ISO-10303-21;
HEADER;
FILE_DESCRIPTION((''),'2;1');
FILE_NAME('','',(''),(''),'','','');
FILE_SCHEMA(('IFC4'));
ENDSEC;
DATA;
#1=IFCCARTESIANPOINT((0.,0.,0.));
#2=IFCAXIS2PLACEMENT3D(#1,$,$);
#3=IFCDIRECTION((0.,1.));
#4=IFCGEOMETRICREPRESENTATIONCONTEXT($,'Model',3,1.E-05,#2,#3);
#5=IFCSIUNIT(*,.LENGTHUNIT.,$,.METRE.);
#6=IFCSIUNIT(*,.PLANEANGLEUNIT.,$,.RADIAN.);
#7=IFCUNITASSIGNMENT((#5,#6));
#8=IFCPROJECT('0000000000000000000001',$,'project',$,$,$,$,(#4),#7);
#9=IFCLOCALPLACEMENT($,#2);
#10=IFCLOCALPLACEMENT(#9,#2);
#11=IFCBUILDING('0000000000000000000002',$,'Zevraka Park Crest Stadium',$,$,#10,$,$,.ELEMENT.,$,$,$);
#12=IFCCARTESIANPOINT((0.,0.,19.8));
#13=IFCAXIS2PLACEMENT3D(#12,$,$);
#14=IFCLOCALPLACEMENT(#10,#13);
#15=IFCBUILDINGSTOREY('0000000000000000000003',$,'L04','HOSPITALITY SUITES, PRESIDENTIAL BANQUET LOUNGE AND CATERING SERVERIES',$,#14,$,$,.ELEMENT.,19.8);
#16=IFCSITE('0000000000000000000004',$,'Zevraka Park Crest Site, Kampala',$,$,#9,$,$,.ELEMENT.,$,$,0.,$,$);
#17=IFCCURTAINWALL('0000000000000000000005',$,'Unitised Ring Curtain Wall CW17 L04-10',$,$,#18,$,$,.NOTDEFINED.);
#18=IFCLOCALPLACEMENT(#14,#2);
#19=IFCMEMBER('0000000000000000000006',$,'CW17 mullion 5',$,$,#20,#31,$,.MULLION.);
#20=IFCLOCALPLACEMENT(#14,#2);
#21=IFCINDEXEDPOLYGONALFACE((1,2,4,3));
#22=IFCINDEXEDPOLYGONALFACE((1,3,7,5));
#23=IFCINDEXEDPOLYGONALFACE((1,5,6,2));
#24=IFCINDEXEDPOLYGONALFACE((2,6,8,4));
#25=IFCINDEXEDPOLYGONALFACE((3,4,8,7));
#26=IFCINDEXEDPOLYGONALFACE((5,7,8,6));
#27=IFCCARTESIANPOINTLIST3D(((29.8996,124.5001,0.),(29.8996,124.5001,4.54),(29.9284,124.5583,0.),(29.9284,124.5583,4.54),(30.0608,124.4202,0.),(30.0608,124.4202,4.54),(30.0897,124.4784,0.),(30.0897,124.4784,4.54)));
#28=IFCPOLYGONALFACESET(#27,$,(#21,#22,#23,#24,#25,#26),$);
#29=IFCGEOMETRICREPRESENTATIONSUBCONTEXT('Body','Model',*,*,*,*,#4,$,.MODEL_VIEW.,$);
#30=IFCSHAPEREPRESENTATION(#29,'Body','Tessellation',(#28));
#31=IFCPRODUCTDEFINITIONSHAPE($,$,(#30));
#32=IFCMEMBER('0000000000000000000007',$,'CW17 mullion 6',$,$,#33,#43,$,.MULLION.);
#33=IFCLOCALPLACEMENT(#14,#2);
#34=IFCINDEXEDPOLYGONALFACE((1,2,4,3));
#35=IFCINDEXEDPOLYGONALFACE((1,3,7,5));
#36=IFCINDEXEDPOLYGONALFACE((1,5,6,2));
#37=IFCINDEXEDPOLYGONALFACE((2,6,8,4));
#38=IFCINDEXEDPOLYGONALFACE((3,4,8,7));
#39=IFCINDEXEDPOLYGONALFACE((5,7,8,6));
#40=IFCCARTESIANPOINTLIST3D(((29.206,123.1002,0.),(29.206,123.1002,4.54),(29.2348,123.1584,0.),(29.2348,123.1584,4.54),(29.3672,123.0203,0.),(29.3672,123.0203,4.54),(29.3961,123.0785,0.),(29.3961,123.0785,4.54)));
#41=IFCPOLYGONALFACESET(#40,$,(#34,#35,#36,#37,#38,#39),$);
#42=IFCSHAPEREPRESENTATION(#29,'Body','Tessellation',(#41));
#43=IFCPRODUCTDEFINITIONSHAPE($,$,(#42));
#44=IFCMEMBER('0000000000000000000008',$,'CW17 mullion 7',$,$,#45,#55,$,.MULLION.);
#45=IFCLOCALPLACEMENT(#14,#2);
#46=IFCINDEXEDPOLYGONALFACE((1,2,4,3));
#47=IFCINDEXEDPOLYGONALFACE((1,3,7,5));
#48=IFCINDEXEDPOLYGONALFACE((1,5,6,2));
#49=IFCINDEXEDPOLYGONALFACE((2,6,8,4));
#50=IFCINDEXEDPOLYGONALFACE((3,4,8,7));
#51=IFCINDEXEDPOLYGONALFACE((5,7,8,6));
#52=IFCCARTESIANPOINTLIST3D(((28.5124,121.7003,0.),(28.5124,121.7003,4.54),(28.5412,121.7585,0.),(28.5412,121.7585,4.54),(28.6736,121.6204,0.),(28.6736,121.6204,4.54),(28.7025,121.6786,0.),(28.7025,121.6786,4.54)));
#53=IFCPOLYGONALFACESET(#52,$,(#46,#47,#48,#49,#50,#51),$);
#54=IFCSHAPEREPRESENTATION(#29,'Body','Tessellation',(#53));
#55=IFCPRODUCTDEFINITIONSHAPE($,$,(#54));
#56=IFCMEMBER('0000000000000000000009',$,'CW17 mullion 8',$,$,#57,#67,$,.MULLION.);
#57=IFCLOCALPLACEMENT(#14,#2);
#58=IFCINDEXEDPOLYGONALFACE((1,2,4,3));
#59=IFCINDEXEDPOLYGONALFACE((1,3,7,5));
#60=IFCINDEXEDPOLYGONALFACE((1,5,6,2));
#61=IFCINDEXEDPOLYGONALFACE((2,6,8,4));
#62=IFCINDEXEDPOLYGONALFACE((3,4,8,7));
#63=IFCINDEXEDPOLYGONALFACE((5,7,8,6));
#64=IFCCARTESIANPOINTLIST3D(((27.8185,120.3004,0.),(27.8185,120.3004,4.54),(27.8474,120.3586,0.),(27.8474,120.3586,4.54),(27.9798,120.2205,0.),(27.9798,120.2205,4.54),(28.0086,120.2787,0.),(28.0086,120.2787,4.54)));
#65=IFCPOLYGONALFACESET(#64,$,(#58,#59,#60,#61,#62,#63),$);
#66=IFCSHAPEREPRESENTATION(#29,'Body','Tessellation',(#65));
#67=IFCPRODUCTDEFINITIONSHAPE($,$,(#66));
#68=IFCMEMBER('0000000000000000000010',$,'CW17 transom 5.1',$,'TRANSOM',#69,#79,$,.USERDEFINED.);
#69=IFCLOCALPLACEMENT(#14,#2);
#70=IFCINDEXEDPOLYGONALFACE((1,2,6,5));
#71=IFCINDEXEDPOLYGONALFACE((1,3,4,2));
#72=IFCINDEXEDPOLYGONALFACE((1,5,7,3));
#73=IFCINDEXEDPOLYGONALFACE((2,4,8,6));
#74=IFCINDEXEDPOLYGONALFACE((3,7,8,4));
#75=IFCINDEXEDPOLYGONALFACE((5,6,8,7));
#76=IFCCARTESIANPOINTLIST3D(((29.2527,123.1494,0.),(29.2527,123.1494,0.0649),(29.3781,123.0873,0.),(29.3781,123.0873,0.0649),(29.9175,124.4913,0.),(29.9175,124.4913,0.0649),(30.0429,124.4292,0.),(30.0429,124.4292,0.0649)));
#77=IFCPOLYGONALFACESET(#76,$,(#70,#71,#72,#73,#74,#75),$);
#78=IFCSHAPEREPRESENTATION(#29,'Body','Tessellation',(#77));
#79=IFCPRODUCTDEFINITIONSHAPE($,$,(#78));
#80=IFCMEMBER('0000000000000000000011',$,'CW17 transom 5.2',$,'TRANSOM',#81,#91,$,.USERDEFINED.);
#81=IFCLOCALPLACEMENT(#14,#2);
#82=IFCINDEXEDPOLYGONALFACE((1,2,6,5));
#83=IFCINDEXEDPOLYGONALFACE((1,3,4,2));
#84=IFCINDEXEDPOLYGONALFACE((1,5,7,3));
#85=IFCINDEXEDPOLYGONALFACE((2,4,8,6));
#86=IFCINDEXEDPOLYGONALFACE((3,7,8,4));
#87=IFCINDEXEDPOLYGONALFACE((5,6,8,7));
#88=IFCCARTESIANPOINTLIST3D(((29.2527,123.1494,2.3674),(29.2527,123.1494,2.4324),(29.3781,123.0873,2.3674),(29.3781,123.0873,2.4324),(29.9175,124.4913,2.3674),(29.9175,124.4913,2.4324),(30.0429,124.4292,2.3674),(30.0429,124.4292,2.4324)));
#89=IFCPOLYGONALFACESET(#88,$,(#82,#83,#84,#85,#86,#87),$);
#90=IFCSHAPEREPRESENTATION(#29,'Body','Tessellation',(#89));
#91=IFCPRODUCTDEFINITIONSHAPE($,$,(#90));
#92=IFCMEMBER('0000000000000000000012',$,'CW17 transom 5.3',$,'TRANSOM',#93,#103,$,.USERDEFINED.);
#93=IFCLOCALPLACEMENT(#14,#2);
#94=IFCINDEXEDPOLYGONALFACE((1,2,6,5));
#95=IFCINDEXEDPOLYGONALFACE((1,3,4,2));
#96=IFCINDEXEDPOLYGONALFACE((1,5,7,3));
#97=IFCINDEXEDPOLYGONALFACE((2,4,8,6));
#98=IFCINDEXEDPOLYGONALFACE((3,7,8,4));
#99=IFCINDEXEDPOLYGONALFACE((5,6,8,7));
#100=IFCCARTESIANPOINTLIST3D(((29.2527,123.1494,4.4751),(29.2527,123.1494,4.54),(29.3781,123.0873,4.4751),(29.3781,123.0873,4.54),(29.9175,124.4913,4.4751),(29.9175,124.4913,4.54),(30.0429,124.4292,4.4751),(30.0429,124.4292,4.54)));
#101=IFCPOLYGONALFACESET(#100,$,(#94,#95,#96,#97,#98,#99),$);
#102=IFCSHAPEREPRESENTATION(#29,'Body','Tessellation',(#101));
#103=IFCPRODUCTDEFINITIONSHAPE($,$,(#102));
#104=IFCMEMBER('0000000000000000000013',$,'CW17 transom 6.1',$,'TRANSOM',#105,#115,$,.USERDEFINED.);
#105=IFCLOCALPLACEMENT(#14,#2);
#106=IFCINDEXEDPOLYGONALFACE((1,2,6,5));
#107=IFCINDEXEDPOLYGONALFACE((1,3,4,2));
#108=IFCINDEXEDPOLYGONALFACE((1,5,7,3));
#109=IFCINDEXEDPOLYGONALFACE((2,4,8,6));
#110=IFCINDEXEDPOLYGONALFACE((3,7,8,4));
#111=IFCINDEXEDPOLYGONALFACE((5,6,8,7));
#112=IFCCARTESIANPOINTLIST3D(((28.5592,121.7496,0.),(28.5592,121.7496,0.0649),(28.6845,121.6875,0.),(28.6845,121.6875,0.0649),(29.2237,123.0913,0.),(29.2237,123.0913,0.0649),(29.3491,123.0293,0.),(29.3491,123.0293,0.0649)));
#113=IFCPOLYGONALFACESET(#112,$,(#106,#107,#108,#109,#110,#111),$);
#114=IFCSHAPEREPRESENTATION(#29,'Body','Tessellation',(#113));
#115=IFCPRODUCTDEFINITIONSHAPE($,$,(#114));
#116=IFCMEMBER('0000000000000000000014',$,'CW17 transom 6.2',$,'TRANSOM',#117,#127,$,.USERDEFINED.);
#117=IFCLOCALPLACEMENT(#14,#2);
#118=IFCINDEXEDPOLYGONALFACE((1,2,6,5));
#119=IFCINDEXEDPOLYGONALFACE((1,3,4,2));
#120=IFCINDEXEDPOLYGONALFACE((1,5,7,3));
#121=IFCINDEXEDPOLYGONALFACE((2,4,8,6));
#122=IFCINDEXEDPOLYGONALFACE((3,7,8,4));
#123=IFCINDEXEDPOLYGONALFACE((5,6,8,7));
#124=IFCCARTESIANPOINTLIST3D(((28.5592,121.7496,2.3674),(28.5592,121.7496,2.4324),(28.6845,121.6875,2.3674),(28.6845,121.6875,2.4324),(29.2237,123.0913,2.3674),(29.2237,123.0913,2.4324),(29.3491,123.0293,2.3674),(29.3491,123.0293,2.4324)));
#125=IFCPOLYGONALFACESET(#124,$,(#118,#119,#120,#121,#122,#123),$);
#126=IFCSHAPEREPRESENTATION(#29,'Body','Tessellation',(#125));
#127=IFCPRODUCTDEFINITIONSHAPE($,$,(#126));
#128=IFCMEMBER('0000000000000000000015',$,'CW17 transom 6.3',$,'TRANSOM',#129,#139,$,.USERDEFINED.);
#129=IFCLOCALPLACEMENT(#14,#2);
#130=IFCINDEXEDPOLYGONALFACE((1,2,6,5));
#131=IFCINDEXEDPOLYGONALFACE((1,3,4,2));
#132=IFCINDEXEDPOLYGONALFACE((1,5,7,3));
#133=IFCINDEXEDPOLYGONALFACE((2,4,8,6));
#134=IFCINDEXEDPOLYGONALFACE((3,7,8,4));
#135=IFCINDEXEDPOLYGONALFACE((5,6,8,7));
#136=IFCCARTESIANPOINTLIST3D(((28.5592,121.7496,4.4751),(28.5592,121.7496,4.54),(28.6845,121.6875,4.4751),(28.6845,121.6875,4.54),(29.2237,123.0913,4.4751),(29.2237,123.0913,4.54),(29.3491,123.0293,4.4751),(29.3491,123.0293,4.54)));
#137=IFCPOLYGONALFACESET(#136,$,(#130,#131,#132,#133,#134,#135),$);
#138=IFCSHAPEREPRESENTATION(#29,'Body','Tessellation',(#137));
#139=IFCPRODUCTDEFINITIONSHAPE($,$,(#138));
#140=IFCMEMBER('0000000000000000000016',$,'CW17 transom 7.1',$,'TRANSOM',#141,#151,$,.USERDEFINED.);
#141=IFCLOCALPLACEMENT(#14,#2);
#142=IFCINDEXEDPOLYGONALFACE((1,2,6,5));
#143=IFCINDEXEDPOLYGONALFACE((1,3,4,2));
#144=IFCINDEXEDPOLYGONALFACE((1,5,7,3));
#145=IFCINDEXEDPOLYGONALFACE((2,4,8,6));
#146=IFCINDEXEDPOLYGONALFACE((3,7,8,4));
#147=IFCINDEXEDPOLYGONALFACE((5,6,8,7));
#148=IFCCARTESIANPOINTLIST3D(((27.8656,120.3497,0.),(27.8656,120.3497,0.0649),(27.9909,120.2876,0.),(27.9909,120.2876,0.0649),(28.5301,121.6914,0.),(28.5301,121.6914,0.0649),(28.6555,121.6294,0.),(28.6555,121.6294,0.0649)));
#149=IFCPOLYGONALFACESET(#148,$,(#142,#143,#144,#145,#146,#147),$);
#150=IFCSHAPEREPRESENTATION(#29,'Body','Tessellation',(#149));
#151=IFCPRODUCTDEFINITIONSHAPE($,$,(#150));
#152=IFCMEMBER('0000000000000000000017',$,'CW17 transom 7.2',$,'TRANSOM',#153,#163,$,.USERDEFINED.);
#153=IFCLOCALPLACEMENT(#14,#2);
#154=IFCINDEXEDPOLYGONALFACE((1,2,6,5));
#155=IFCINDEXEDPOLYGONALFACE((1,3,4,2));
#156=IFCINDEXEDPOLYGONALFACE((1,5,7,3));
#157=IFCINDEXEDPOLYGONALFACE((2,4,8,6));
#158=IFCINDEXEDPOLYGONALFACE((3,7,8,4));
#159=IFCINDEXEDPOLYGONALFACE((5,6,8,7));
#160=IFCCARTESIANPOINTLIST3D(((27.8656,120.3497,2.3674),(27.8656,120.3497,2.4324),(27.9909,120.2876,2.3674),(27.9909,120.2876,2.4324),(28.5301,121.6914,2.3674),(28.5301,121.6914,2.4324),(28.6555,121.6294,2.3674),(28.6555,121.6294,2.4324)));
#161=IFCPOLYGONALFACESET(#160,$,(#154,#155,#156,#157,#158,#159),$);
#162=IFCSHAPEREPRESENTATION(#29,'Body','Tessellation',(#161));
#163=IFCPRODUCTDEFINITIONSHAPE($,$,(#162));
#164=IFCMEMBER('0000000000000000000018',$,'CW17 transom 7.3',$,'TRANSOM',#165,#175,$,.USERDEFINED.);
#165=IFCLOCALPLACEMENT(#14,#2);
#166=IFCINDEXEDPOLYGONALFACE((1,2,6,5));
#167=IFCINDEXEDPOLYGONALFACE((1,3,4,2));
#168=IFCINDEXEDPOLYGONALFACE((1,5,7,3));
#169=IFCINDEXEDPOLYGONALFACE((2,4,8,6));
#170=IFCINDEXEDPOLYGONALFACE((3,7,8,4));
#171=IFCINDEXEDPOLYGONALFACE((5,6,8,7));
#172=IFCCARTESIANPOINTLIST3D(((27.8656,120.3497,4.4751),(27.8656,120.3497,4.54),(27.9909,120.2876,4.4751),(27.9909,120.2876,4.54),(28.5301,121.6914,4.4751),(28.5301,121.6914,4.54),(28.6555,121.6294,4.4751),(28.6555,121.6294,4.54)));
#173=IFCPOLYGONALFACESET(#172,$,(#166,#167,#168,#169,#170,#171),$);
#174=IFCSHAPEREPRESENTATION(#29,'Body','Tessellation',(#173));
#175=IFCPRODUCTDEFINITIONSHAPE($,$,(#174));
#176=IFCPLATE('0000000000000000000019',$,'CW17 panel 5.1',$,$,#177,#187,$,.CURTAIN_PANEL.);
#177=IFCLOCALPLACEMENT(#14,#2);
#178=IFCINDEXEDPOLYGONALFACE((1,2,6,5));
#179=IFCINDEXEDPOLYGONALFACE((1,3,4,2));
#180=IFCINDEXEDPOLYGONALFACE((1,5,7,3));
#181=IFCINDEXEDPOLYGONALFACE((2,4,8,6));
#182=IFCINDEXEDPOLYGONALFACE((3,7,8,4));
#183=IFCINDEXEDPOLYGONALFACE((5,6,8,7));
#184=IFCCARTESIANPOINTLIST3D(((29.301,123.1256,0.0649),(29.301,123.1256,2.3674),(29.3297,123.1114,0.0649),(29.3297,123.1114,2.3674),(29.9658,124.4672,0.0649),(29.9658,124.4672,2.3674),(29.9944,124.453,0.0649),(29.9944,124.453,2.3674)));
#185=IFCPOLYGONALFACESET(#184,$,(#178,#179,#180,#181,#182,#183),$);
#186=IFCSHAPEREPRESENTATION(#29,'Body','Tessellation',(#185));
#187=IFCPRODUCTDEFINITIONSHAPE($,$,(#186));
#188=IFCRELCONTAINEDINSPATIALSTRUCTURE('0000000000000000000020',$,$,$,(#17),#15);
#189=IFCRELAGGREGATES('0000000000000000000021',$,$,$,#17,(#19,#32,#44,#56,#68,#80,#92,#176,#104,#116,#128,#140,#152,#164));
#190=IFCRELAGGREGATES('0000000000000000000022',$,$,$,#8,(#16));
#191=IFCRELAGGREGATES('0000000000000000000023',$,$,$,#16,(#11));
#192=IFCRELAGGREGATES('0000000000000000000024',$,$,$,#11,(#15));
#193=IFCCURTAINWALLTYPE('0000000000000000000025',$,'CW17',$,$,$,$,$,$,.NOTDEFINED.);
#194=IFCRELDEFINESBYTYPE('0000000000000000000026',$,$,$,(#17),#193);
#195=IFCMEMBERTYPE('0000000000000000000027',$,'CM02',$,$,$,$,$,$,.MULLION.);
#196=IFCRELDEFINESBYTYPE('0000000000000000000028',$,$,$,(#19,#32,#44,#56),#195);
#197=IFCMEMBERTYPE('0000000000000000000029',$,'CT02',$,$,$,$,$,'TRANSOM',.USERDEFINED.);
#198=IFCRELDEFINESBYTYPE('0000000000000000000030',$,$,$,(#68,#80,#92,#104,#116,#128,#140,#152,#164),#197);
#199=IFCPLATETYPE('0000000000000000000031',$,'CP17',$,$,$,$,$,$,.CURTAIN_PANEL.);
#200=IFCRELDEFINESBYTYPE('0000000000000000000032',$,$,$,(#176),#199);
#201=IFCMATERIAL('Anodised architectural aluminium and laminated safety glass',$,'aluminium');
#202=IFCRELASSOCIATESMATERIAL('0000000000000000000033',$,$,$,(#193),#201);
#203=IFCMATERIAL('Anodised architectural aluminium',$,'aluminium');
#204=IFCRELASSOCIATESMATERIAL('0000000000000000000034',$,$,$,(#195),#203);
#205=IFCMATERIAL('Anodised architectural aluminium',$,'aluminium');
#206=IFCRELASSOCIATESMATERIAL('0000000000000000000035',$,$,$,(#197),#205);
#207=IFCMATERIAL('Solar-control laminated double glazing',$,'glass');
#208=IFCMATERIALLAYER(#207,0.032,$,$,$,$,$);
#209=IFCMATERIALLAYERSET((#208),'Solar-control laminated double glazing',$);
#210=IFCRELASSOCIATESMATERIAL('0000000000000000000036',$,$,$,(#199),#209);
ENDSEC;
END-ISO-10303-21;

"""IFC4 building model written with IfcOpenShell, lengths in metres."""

from ifc_helpers import new_model, si_unit, direction, frame, origin, origin_2d, place, context, subcontext, project, spatial, rectangle, extrude, material, layer, layer_set, material_profile, profile_set, type_object, element, aggregate, save


model = new_model("IFC4")

# Units and contexts
model_context = context("Model", 3, precision=1e-05, world=origin(), true_north=direction((0.0, 1.0)))
body_context = subcontext(model_context, "Body", "Model", "MODEL_VIEW")
ifc_project = project(units=[si_unit("LENGTHUNIT", "METRE"), si_unit("PLANEANGLEUNIT", "RADIAN")], contexts=[model_context])

# Site, building, storey
site_placement = place(None, origin())
site = spatial("IfcSite", under=ifc_project, at=site_placement, Name="Zevraka Park Crest Site, Kampala", CompositionType="ELEMENT", RefElevation=0.0)
building_placement = place(site_placement, origin())
building = spatial("IfcBuilding", under=site, at=building_placement, Name="Zevraka Park Crest Stadium", CompositionType="ELEMENT")
storey_placement = place(building_placement, frame((0.0, 0.0, 19.8)))
storey = spatial("IfcBuildingStorey", under=building, at=storey_placement, Name="L04", Description="HOSPITALITY SUITES, PRESIDENTIAL BANQUET LOUNGE AND CATERING SERVERIES", CompositionType="ELEMENT", Elevation=19.8)

# Curtain wall, members, plate
ifc_material_1 = material(Name="Anodised architectural aluminium and laminated safety glass", Category="aluminium")
curtain_wall_type = type_object("IfcCurtainWallType", Name="CW17", PredefinedType="NOTDEFINED", material=ifc_material_1)
curtain_wall_placement = place(storey_placement, origin())
curtain_wall = element("IfcCurtainWall", 1, at=curtain_wall_placement, inside=storey, type_object=curtain_wall_type, Name="Unitised Ring Curtain Wall CW17 L04-10", PredefinedType="NOTDEFINED")
ifc_material_2 = material(Name="Anodised architectural aluminium", Category="aluminium")
ifc_material_profile_1 = material_profile(ifc_material_2, rectangle(XDim=0.1799, YDim=0.0649, at=origin_2d()), Name="ALU MULLION 180x65")
ifc_profile_set_1 = profile_set([ifc_material_profile_1], Name="Anodised architectural aluminium")
member_type_1 = type_object("IfcMemberType", Name="CM02", PredefinedType="MULLION", material=ifc_profile_set_1)
member_1_placement = place(storey_placement, frame((29.9946, 124.4893, 0.0), z_axis=(0.0, 0.0, 1.0), x_axis=(0.896046, -0.443961, 0.0)))
member_1 = element("IfcMember", 2, at=member_1_placement, type_object=member_type_1, Name="CW17 mullion 5", PredefinedType="MULLION", context=body_context, shape_type="SweptSolid", body=[
    extrude(rectangle(XDim=0.1799, YDim=0.0649, at=origin_2d()), origin(), (0.0, 0.0, 1.0), 4.54),
])
member_2_placement = place(storey_placement, frame((29.301, 123.0894, 0.0), z_axis=(0.0, 0.0, 1.0), x_axis=(0.896046, -0.443961, 0.0)))
member_2 = element("IfcMember", 3, at=member_2_placement, type_object=member_type_1, Name="CW17 mullion 6", PredefinedType="MULLION", context=body_context, shape_type="SweptSolid", body=[
    extrude(rectangle(XDim=0.1799, YDim=0.0649, at=origin_2d()), origin(), (0.0, 0.0, 1.0), 4.54),
])
member_3_placement = place(storey_placement, frame((28.6074, 121.6895, 0.0), z_axis=(0.0, 0.0, 1.0), x_axis=(0.896046, -0.443961, 0.0)))
member_3 = element("IfcMember", 4, at=member_3_placement, type_object=member_type_1, Name="CW17 mullion 7", PredefinedType="MULLION", context=body_context, shape_type="SweptSolid", body=[
    extrude(rectangle(XDim=0.1799, YDim=0.0649, at=origin_2d()), origin(), (0.0, 0.0, 1.0), 4.54),
])
member_4_placement = place(storey_placement, frame((27.9136, 120.2896, 0.0), z_axis=(0.0, 0.0, 1.0), x_axis=(0.896046, -0.443961, 0.0)))
member_4 = element("IfcMember", 5, at=member_4_placement, type_object=member_type_1, Name="CW17 mullion 8", PredefinedType="MULLION", context=body_context, shape_type="SweptSolid", body=[
    extrude(rectangle(XDim=0.1799, YDim=0.0649, at=origin_2d()), origin(), (0.0, 0.0, 1.0), 4.54),
])
ifc_material_3 = material(Name="Anodised architectural aluminium", Category="aluminium")
ifc_material_profile_2 = material_profile(ifc_material_3, rectangle(XDim=0.1399, YDim=0.0649, at=origin_2d()), Name="ALU TRANSOM 140x65")
ifc_profile_set_2 = profile_set([ifc_material_profile_2], Name="Anodised architectural aluminium")
member_type_2 = type_object("IfcMemberType", Name="CT02", ElementType="TRANSOM", PredefinedType="USERDEFINED", material=ifc_profile_set_2)
member_5_placement = place(storey_placement, frame((29.9802, 124.4602, 0.0325), z_axis=(-0.44395, -0.896052, 0.0), x_axis=(0.896052, -0.44395, 0.0)))
member_5 = element("IfcMember", 6, at=member_5_placement, type_object=member_type_2, Name="CW17 transom 5.1", ObjectType="TRANSOM", PredefinedType="USERDEFINED", context=body_context, shape_type="SweptSolid", body=[
    extrude(rectangle(XDim=0.1399, YDim=0.0649, at=origin_2d()), origin(), (0.0, 0.0, 1.0), 1.4976),
])
member_6_placement = place(storey_placement, frame((29.9802, 124.4602, 2.3999), z_axis=(-0.44395, -0.896052, 0.0), x_axis=(0.896052, -0.44395, 0.0)))
member_6 = element("IfcMember", 7, at=member_6_placement, type_object=member_type_2, Name="CW17 transom 5.2", ObjectType="TRANSOM", PredefinedType="USERDEFINED", context=body_context, shape_type="SweptSolid", body=[
    extrude(rectangle(XDim=0.1399, YDim=0.0649, at=origin_2d()), origin(), (0.0, 0.0, 1.0), 1.4976),
])
member_7_placement = place(storey_placement, frame((29.9802, 124.4602, 4.5076), z_axis=(-0.44395, -0.896052, 0.0), x_axis=(0.896052, -0.44395, 0.0)))
member_7 = element("IfcMember", 8, at=member_7_placement, type_object=member_type_2, Name="CW17 transom 5.3", ObjectType="TRANSOM", PredefinedType="USERDEFINED", context=body_context, shape_type="SweptSolid", body=[
    extrude(rectangle(XDim=0.1399, YDim=0.0649, at=origin_2d()), origin(), (0.0, 0.0, 1.0), 1.4976),
])
member_8_placement = place(storey_placement, frame((29.2864, 123.0603, 0.0325), z_axis=(-0.443819, -0.896116, 0.0), x_axis=(0.896116, -0.443819, 0.0)))
member_8 = element("IfcMember", 9, at=member_8_placement, type_object=member_type_2, Name="CW17 transom 6.1", ObjectType="TRANSOM", PredefinedType="USERDEFINED", context=body_context, shape_type="SweptSolid", body=[
    extrude(rectangle(XDim=0.1399, YDim=0.0649, at=origin_2d()), origin(), (0.0, 0.0, 1.0), 1.4973),
])
member_9_placement = place(storey_placement, frame((29.2864, 123.0603, 2.3999), z_axis=(-0.443819, -0.896116, 0.0), x_axis=(0.896116, -0.443819, 0.0)))
member_9 = element("IfcMember", 10, at=member_9_placement, type_object=member_type_2, Name="CW17 transom 6.2", ObjectType="TRANSOM", PredefinedType="USERDEFINED", context=body_context, shape_type="SweptSolid", body=[
    extrude(rectangle(XDim=0.1399, YDim=0.0649, at=origin_2d()), origin(), (0.0, 0.0, 1.0), 1.4973),
])
member_10_placement = place(storey_placement, frame((29.2864, 123.0603, 4.5076), z_axis=(-0.443819, -0.896116, 0.0), x_axis=(0.896116, -0.443819, 0.0)))
member_10 = element("IfcMember", 11, at=member_10_placement, type_object=member_type_2, Name="CW17 transom 6.3", ObjectType="TRANSOM", PredefinedType="USERDEFINED", context=body_context, shape_type="SweptSolid", body=[
    extrude(rectangle(XDim=0.1399, YDim=0.0649, at=origin_2d()), origin(), (0.0, 0.0, 1.0), 1.4973),
])
member_11_placement = place(storey_placement, frame((28.5928, 121.6604, 0.0325), z_axis=(-0.443819, -0.896116, 0.0), x_axis=(0.896116, -0.443819, 0.0)))
member_11 = element("IfcMember", 12, at=member_11_placement, type_object=member_type_2, Name="CW17 transom 7.1", ObjectType="TRANSOM", PredefinedType="USERDEFINED", context=body_context, shape_type="SweptSolid", body=[
    extrude(rectangle(XDim=0.1399, YDim=0.0649, at=origin_2d()), origin(), (0.0, 0.0, 1.0), 1.4973),
])
member_12_placement = place(storey_placement, frame((28.5928, 121.6604, 2.3999), z_axis=(-0.443819, -0.896116, 0.0), x_axis=(0.896116, -0.443819, 0.0)))
member_12 = element("IfcMember", 13, at=member_12_placement, type_object=member_type_2, Name="CW17 transom 7.2", ObjectType="TRANSOM", PredefinedType="USERDEFINED", context=body_context, shape_type="SweptSolid", body=[
    extrude(rectangle(XDim=0.1399, YDim=0.0649, at=origin_2d()), origin(), (0.0, 0.0, 1.0), 1.4973),
])
member_13_placement = place(storey_placement, frame((28.5928, 121.6604, 4.5076), z_axis=(-0.443819, -0.896116, 0.0), x_axis=(0.896116, -0.443819, 0.0)))
member_13 = element("IfcMember", 14, at=member_13_placement, type_object=member_type_2, Name="CW17 transom 7.3", ObjectType="TRANSOM", PredefinedType="USERDEFINED", context=body_context, shape_type="SweptSolid", body=[
    extrude(rectangle(XDim=0.1399, YDim=0.0649, at=origin_2d()), origin(), (0.0, 0.0, 1.0), 1.4973),
])
ifc_material_4 = material(Name="Solar-control laminated double glazing", Category="glass")
ifc_layer_1 = layer(ifc_material_4, 0.032)
ifc_layer_set_1 = layer_set([ifc_layer_1], Name="Solar-control laminated double glazing")
plate_type = type_object("IfcPlateType", Name="CP17", PredefinedType="CURTAIN_PANEL", material=ifc_layer_set_1)
plate_1_placement = place(storey_placement, frame((29.6477, 123.7893, 0.0649), z_axis=(0.0, 0.0, 1.0), x_axis=(-0.443961, -0.896046, 0.0)))
plate_1 = element("IfcPlate", 15, at=plate_1_placement, type_object=plate_type, Name="CW17 panel 5.1", PredefinedType="CURTAIN_PANEL", context=body_context, shape_type="SweptSolid", body=[
    extrude(rectangle(XDim=1.4973, YDim=0.032, at=origin_2d()), origin(), (0.0, 0.0, 1.0), 2.3025),
])
aggregate(curtain_wall, [member_1, member_2, member_3, member_4, member_5, member_6, member_7, plate_1, member_8, member_9, member_10, member_11, member_12, member_13])

save(model, "model.ifc")
